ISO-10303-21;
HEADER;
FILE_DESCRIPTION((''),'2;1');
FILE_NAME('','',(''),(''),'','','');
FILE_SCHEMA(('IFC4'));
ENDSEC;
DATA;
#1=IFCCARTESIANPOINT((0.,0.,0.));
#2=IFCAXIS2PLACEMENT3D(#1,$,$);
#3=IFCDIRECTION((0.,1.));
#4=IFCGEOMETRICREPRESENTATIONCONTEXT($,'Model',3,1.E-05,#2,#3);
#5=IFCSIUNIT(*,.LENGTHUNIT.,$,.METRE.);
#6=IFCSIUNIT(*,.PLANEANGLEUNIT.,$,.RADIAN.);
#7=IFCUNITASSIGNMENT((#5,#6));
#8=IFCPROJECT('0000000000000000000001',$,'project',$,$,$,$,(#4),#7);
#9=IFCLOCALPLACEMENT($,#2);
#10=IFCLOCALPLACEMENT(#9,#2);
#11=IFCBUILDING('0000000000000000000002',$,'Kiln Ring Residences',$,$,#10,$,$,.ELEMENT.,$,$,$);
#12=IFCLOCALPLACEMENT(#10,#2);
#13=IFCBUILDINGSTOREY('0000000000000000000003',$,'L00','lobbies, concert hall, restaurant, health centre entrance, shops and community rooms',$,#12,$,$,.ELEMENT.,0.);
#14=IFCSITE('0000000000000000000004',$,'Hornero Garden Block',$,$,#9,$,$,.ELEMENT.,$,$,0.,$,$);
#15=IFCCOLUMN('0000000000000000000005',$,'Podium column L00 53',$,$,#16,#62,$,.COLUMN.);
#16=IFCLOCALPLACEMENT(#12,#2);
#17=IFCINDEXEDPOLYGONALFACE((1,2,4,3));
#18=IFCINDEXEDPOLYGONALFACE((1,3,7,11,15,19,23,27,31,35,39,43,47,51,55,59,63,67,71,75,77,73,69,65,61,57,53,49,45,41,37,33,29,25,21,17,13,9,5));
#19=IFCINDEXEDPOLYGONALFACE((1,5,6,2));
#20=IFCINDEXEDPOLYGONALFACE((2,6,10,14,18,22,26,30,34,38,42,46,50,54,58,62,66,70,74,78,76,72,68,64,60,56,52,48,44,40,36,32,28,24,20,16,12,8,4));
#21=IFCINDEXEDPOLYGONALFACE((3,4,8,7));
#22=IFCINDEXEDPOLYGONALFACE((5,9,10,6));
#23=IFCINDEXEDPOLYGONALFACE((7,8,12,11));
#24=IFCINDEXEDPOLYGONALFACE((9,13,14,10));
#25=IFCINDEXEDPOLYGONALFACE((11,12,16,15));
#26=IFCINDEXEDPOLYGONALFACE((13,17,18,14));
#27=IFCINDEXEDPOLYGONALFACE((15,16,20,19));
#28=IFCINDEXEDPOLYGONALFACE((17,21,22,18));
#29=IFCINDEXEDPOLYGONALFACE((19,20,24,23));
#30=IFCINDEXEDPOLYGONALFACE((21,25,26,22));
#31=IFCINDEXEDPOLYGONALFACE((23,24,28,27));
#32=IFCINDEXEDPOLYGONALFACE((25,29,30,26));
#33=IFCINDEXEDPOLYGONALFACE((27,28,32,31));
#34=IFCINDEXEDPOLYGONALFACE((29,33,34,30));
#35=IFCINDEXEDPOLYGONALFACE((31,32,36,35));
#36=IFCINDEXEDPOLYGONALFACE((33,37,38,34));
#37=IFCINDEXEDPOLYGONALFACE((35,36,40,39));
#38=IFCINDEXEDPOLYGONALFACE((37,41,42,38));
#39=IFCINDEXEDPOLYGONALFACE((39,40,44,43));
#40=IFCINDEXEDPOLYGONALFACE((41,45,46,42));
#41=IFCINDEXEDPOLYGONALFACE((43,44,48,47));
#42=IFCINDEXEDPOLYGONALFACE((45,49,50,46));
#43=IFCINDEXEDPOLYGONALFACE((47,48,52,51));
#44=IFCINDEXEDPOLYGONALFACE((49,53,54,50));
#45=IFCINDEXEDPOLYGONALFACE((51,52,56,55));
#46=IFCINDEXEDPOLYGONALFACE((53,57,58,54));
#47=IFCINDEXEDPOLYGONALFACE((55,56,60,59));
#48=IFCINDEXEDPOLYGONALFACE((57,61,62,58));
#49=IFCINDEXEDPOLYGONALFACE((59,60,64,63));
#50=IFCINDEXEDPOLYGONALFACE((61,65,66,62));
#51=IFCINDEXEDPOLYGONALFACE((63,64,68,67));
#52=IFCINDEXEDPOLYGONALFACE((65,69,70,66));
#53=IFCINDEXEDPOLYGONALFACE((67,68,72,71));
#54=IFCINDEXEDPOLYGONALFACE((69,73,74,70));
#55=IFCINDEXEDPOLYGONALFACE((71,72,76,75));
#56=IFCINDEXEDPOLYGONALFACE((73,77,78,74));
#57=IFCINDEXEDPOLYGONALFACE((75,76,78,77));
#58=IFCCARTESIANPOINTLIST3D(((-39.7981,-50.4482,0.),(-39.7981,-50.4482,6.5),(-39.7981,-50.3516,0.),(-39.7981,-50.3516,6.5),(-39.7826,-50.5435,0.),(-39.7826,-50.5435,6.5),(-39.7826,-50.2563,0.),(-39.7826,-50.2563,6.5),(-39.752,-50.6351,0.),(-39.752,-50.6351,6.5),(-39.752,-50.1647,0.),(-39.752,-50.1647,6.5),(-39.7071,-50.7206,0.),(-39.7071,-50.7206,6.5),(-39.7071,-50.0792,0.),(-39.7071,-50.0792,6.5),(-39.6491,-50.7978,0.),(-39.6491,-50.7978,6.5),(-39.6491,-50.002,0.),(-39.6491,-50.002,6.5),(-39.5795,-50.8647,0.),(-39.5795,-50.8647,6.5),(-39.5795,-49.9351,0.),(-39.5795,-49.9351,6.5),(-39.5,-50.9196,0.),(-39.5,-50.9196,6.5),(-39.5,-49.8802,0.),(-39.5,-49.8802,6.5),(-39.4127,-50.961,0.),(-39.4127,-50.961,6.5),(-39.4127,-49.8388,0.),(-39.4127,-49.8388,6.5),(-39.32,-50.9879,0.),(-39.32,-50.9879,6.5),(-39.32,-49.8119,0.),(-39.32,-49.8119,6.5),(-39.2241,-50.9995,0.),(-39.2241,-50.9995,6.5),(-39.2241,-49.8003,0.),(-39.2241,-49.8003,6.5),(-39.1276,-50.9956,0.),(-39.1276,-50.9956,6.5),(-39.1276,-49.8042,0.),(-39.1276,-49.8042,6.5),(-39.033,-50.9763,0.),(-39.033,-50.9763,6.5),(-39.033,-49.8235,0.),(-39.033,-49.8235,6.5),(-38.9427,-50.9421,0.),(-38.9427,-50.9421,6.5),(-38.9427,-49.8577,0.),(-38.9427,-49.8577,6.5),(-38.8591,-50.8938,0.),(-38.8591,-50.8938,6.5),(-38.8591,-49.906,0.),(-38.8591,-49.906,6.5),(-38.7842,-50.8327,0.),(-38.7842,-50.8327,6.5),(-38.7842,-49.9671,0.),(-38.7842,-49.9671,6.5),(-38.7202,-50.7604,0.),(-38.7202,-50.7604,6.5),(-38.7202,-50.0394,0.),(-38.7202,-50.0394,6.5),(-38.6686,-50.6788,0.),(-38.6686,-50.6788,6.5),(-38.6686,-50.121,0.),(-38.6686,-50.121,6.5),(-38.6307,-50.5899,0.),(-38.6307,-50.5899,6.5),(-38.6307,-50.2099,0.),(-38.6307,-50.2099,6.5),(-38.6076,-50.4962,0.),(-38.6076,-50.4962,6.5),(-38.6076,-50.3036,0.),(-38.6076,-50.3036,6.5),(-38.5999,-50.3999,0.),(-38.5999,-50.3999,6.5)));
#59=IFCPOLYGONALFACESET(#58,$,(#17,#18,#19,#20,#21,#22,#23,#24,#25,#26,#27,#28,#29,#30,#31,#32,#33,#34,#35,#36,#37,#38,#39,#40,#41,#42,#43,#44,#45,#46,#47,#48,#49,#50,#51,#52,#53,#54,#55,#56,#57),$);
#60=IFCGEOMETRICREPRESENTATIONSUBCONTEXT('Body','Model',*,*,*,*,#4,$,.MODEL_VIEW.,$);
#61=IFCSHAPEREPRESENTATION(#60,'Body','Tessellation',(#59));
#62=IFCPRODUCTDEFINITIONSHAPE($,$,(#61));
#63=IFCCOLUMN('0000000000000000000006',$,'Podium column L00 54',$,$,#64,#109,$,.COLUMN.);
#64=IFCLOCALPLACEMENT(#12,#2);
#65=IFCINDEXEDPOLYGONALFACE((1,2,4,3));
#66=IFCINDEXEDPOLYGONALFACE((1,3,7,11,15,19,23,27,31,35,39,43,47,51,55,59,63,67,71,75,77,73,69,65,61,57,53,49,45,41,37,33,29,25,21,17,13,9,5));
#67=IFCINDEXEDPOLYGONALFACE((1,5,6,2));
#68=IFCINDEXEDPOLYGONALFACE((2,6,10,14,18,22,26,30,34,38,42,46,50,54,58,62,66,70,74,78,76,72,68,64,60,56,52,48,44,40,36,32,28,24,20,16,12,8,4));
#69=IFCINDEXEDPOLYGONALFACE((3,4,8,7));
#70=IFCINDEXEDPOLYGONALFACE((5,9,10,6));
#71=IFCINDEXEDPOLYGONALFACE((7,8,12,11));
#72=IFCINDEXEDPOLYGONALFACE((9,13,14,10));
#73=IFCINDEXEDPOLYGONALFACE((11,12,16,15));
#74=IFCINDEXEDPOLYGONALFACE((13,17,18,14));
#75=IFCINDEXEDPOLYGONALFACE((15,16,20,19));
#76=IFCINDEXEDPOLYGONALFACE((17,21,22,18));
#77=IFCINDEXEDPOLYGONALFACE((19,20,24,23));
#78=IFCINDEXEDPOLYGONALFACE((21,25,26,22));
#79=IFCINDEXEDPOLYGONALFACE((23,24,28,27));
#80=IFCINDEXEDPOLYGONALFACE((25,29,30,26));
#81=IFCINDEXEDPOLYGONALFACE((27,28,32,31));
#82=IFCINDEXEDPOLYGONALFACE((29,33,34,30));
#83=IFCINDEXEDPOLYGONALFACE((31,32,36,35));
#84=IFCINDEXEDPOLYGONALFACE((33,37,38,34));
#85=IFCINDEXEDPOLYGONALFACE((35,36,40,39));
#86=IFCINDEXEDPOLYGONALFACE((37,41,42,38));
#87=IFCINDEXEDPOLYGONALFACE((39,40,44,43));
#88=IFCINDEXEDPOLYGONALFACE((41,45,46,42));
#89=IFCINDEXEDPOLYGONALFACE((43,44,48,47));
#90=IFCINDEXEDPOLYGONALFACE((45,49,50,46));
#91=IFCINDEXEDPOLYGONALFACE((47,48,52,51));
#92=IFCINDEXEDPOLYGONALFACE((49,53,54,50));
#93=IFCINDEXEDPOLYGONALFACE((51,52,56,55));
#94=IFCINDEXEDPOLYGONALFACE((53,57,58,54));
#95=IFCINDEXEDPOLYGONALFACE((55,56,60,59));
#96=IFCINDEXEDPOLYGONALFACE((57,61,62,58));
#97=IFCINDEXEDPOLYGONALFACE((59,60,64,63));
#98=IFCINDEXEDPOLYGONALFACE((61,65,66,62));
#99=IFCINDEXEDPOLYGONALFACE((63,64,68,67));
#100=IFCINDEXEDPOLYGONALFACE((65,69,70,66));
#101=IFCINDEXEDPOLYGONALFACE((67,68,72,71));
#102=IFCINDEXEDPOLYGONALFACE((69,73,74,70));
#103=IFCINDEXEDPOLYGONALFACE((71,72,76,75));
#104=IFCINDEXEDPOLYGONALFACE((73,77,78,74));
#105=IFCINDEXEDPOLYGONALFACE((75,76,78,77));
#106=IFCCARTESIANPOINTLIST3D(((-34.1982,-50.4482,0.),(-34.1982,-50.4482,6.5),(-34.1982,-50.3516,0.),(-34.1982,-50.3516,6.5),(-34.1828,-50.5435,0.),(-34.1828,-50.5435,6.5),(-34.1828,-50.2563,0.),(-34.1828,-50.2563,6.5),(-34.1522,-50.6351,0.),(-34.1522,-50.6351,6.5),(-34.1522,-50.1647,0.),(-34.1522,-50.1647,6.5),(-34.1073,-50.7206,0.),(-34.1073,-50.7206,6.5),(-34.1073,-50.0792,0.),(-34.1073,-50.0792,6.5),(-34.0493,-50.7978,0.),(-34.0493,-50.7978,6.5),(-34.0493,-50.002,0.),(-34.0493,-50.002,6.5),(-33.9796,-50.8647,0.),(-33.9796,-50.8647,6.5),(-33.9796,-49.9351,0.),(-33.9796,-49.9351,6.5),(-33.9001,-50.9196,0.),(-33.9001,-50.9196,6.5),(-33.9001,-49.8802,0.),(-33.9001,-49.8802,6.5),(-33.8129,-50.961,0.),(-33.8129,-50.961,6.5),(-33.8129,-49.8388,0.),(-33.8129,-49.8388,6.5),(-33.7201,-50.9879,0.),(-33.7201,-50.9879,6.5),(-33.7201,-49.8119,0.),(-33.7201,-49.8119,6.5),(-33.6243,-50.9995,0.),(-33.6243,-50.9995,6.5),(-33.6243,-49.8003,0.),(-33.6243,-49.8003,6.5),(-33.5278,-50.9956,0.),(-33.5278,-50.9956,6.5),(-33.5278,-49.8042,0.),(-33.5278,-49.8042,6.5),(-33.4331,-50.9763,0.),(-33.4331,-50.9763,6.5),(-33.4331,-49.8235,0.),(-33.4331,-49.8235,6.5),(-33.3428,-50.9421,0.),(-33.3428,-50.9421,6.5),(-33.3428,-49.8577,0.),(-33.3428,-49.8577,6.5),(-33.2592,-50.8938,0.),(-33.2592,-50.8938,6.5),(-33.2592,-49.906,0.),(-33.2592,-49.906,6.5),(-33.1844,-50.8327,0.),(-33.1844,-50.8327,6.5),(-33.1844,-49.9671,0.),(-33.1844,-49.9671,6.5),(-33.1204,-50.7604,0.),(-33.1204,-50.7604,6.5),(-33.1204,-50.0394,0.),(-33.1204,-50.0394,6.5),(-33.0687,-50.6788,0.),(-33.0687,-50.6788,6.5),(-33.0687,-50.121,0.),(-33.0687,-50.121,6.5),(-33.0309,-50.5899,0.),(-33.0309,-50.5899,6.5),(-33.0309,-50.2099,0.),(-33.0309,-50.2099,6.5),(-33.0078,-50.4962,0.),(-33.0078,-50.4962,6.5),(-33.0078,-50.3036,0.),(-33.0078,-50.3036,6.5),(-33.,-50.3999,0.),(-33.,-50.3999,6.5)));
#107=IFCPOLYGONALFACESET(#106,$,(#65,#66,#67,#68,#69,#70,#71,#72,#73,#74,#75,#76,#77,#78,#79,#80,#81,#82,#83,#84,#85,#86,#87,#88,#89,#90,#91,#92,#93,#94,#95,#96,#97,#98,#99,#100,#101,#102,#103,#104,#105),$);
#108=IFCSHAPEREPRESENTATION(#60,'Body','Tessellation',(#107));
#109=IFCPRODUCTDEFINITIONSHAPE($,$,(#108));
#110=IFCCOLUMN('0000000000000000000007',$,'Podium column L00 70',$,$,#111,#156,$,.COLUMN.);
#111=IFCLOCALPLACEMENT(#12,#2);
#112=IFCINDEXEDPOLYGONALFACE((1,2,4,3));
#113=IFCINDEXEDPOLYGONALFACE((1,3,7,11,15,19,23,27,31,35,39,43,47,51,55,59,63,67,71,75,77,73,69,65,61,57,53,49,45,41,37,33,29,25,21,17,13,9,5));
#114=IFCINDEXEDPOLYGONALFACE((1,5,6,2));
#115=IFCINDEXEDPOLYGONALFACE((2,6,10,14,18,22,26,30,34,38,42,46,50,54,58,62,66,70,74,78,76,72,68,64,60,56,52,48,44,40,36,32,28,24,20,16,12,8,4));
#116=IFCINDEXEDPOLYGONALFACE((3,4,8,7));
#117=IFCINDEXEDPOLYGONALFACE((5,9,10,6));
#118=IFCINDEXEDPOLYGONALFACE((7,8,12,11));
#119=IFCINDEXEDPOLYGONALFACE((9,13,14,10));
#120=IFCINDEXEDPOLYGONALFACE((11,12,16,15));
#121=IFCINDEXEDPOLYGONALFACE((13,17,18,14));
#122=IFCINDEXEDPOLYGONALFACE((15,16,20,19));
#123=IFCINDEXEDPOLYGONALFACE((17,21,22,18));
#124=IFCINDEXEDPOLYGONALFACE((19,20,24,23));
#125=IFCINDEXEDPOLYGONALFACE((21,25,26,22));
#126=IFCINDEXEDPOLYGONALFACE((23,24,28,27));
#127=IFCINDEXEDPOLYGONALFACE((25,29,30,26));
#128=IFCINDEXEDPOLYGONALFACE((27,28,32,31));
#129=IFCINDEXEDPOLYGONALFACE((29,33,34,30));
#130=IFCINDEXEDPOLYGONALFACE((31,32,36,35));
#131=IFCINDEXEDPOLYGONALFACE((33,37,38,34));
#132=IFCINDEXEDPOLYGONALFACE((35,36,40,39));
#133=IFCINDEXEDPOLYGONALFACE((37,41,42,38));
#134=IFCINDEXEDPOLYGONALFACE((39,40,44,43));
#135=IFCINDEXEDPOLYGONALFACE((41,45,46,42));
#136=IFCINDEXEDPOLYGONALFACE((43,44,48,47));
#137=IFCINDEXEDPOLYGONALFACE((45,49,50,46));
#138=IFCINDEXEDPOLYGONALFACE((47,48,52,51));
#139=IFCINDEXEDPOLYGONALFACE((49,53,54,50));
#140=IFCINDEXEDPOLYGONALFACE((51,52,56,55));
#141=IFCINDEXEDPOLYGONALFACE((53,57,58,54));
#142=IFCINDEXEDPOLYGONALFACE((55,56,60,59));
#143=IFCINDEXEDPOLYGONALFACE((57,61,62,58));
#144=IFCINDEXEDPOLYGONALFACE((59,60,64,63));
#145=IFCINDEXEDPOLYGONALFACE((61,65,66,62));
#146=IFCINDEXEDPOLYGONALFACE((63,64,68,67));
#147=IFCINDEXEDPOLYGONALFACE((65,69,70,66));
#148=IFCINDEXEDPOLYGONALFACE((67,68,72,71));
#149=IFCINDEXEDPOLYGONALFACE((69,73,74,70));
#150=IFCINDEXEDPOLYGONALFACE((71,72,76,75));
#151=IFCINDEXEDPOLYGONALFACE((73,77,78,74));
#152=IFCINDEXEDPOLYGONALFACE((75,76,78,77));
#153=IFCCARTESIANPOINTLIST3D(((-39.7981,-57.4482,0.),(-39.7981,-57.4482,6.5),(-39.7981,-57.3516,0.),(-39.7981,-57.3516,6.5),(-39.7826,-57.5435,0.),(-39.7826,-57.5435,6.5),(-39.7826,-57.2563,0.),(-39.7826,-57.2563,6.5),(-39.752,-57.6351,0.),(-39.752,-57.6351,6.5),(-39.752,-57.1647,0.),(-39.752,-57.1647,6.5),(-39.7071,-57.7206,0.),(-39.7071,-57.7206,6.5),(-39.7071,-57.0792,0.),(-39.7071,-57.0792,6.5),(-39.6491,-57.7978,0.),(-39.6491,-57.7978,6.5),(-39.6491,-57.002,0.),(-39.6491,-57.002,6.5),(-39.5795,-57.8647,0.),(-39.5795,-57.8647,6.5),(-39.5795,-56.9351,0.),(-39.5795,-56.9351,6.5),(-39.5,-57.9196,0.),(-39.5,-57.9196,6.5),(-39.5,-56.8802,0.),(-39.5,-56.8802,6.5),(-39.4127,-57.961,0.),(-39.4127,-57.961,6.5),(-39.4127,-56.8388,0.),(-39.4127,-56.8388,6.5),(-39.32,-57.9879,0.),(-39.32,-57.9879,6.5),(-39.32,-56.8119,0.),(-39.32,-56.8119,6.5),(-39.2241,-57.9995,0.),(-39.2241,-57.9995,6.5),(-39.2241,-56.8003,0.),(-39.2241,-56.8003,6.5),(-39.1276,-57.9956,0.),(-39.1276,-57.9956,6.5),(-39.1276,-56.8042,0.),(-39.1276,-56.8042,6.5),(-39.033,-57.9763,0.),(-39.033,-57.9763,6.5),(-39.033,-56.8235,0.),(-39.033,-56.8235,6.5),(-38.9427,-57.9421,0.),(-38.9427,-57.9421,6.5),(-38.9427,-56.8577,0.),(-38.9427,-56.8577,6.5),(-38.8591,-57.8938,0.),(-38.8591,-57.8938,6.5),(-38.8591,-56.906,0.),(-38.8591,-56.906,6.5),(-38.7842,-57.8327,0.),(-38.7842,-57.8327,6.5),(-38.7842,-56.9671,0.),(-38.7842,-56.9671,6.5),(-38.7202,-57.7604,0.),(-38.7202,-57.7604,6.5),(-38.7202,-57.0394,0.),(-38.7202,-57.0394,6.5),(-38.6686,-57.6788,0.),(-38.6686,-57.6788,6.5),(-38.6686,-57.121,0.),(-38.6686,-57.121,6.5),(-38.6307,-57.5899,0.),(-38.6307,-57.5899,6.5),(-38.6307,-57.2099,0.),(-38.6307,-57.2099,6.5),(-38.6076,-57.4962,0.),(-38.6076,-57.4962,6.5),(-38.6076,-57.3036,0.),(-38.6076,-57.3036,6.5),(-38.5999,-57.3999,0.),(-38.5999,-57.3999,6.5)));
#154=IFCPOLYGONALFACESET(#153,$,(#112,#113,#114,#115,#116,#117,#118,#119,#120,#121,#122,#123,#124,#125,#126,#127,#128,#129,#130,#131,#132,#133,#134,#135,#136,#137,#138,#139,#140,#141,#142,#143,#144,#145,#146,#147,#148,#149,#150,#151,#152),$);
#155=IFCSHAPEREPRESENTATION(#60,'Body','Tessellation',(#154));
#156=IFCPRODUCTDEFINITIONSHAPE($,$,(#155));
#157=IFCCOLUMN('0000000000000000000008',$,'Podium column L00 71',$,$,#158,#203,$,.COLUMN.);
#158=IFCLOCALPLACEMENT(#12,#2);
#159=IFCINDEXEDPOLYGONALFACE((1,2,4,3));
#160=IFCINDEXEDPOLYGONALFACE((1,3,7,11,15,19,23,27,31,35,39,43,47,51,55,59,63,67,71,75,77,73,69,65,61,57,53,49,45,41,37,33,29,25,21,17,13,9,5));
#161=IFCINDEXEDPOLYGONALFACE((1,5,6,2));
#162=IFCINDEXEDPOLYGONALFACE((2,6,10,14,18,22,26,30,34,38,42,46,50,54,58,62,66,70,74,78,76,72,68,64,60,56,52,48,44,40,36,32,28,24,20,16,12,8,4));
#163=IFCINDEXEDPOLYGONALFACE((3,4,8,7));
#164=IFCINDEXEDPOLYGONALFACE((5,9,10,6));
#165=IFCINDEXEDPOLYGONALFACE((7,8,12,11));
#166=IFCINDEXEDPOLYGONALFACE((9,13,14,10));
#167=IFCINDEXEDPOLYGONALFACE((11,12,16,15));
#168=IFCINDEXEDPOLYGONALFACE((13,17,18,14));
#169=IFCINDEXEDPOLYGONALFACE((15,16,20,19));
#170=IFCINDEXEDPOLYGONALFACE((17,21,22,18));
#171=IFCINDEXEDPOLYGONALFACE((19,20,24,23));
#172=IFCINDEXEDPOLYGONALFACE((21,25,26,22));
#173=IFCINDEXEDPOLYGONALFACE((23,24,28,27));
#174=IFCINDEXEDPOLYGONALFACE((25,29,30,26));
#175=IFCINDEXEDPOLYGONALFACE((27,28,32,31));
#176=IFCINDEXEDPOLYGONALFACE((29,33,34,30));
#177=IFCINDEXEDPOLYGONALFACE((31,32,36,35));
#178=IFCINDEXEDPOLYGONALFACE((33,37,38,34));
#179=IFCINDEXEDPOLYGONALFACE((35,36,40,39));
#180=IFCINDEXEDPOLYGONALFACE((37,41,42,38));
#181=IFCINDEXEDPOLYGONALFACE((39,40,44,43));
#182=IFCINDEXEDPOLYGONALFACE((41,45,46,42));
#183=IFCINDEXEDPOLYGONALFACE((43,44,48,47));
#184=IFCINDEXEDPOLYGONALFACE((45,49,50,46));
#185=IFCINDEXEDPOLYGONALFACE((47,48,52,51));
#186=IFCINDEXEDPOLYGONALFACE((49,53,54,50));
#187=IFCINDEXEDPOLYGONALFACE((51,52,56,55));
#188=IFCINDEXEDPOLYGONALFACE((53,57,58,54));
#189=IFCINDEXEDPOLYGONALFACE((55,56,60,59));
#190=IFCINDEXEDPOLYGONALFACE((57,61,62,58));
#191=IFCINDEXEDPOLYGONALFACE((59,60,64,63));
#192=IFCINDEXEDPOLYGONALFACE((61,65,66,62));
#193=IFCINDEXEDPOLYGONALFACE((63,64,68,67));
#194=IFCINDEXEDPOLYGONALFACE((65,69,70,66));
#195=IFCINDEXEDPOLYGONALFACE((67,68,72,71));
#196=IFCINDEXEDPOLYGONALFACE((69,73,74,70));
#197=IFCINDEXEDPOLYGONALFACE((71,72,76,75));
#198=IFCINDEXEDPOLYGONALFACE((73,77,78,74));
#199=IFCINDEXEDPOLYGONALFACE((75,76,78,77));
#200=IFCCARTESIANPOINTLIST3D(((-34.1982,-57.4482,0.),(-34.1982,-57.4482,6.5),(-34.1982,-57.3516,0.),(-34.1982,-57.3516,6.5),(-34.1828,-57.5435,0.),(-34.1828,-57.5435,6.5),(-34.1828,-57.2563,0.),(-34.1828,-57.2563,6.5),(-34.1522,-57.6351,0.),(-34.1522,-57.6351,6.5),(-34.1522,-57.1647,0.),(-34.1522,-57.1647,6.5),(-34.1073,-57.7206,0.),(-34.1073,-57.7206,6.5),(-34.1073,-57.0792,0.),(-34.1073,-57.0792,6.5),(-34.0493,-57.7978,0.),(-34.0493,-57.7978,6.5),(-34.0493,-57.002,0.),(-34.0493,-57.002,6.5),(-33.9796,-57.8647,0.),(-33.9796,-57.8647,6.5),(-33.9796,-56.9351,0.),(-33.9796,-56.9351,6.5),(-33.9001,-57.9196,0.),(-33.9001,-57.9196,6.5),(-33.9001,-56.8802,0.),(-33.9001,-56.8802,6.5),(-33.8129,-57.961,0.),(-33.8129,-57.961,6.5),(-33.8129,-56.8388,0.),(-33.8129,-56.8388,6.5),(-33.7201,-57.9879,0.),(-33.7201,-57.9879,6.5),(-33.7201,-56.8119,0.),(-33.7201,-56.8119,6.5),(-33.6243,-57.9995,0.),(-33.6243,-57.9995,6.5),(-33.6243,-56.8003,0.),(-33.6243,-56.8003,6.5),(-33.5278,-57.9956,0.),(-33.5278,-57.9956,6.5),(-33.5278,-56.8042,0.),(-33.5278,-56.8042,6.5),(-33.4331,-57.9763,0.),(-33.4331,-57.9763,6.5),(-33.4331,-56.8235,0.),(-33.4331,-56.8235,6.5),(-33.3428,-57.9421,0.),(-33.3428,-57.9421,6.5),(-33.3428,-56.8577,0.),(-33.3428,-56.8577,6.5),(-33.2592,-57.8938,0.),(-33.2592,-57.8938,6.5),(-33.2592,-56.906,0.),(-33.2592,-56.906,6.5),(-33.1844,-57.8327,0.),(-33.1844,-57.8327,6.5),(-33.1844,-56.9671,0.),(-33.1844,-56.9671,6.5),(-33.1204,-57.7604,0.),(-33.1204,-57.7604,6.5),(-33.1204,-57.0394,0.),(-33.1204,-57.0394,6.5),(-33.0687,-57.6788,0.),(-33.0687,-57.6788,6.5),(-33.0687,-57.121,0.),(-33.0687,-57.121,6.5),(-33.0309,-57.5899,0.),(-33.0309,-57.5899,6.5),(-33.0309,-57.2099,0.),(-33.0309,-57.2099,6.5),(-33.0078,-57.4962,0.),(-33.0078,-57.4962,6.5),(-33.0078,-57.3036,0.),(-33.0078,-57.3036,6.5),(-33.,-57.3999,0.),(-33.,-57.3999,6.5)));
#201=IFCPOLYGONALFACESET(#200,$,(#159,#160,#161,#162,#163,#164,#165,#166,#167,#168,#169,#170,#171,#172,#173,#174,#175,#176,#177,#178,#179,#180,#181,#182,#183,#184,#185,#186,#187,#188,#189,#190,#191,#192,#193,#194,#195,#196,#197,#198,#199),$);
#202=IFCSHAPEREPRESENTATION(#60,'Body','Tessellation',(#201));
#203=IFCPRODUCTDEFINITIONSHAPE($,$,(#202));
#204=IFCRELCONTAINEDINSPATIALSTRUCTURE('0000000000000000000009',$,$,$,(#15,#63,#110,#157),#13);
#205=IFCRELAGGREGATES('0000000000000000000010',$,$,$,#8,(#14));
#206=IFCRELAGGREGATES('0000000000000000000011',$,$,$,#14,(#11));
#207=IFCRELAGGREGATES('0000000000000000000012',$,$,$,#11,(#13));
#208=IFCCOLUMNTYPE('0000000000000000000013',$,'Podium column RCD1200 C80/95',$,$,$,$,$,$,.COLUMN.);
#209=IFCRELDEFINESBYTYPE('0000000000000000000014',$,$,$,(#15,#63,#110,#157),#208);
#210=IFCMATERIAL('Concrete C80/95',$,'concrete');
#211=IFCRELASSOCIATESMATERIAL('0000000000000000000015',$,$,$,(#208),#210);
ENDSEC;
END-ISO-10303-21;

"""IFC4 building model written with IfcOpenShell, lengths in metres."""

from ifc_helpers import new_model, si_unit, direction, frame, origin, origin_2d, place, context, subcontext, project, spatial, circle, extrude, material, material_profile, profile_set, type_object, element, save


model = new_model("IFC4")

# Units and contexts
model_context = context("Model", 3, precision=1e-05, world=origin(), true_north=direction((0.0, 1.0)))
body_context = subcontext(model_context, "Body", "Model", "MODEL_VIEW")
ifc_project = project(units=[si_unit("LENGTHUNIT", "METRE"), si_unit("PLANEANGLEUNIT", "RADIAN")], contexts=[model_context])

# Site, building, storey
site_placement = place(None, origin())
site = spatial("IfcSite", under=ifc_project, at=site_placement, Name="Hornero Garden Block", CompositionType="ELEMENT", RefElevation=0.0)
building_placement = place(site_placement, origin())
building = spatial("IfcBuilding", under=site, at=building_placement, Name="Kiln Ring Residences", CompositionType="ELEMENT")
storey_placement = place(building_placement, origin())
storey = spatial("IfcBuildingStorey", under=building, at=storey_placement, Name="L00", Description="lobbies, concert hall, restaurant, health centre entrance, shops and community rooms", CompositionType="ELEMENT", Elevation=0.0)

# Columns
ifc_material_1 = material(Name="Concrete C80/95", Category="concrete")
ifc_material_profile_1 = material_profile(ifc_material_1, circle(Radius=0.6001, at=origin_2d()), Name="RCD1200")
ifc_profile_set_1 = profile_set([ifc_material_profile_1], Name="Concrete C80/95")
column_type = type_object("IfcColumnType", Name="Podium column RCD1200 C80/95", PredefinedType="COLUMN", material=ifc_profile_set_1)
for number, where, z_axis, x_axis, name in (
    (1, (-39.2, -50.3999, 0.0), (0.0, 0.0, 1.0), (1.0, 0.0, 0.0), "Podium column L00 53"),
    (2, (-33.6001, -50.3999, 0.0), (0.0, 0.0, 1.0), (1.0, 0.0, 0.0), "Podium column L00 54"),
    (3, (-39.2, -57.3999, 0.0), (0.0, 0.0, 1.0), (1.0, 0.0, 0.0), "Podium column L00 70"),
    (4, (-33.6001, -57.3999, 0.0), (0.0, 0.0, 1.0), (1.0, 0.0, 0.0), "Podium column L00 71"),
):
    element("IfcColumn", number, at=place(storey_placement, frame(where, z_axis=z_axis, x_axis=x_axis)), inside=storey, type_object=column_type, Name=name, PredefinedType="COLUMN", context=body_context, shape_type="SweptSolid", body=[
        extrude(circle(Radius=0.6001, at=origin_2d()), origin(), (0.0, 0.0, 1.0), 6.5),
    ])

save(model, "model.ifc")
